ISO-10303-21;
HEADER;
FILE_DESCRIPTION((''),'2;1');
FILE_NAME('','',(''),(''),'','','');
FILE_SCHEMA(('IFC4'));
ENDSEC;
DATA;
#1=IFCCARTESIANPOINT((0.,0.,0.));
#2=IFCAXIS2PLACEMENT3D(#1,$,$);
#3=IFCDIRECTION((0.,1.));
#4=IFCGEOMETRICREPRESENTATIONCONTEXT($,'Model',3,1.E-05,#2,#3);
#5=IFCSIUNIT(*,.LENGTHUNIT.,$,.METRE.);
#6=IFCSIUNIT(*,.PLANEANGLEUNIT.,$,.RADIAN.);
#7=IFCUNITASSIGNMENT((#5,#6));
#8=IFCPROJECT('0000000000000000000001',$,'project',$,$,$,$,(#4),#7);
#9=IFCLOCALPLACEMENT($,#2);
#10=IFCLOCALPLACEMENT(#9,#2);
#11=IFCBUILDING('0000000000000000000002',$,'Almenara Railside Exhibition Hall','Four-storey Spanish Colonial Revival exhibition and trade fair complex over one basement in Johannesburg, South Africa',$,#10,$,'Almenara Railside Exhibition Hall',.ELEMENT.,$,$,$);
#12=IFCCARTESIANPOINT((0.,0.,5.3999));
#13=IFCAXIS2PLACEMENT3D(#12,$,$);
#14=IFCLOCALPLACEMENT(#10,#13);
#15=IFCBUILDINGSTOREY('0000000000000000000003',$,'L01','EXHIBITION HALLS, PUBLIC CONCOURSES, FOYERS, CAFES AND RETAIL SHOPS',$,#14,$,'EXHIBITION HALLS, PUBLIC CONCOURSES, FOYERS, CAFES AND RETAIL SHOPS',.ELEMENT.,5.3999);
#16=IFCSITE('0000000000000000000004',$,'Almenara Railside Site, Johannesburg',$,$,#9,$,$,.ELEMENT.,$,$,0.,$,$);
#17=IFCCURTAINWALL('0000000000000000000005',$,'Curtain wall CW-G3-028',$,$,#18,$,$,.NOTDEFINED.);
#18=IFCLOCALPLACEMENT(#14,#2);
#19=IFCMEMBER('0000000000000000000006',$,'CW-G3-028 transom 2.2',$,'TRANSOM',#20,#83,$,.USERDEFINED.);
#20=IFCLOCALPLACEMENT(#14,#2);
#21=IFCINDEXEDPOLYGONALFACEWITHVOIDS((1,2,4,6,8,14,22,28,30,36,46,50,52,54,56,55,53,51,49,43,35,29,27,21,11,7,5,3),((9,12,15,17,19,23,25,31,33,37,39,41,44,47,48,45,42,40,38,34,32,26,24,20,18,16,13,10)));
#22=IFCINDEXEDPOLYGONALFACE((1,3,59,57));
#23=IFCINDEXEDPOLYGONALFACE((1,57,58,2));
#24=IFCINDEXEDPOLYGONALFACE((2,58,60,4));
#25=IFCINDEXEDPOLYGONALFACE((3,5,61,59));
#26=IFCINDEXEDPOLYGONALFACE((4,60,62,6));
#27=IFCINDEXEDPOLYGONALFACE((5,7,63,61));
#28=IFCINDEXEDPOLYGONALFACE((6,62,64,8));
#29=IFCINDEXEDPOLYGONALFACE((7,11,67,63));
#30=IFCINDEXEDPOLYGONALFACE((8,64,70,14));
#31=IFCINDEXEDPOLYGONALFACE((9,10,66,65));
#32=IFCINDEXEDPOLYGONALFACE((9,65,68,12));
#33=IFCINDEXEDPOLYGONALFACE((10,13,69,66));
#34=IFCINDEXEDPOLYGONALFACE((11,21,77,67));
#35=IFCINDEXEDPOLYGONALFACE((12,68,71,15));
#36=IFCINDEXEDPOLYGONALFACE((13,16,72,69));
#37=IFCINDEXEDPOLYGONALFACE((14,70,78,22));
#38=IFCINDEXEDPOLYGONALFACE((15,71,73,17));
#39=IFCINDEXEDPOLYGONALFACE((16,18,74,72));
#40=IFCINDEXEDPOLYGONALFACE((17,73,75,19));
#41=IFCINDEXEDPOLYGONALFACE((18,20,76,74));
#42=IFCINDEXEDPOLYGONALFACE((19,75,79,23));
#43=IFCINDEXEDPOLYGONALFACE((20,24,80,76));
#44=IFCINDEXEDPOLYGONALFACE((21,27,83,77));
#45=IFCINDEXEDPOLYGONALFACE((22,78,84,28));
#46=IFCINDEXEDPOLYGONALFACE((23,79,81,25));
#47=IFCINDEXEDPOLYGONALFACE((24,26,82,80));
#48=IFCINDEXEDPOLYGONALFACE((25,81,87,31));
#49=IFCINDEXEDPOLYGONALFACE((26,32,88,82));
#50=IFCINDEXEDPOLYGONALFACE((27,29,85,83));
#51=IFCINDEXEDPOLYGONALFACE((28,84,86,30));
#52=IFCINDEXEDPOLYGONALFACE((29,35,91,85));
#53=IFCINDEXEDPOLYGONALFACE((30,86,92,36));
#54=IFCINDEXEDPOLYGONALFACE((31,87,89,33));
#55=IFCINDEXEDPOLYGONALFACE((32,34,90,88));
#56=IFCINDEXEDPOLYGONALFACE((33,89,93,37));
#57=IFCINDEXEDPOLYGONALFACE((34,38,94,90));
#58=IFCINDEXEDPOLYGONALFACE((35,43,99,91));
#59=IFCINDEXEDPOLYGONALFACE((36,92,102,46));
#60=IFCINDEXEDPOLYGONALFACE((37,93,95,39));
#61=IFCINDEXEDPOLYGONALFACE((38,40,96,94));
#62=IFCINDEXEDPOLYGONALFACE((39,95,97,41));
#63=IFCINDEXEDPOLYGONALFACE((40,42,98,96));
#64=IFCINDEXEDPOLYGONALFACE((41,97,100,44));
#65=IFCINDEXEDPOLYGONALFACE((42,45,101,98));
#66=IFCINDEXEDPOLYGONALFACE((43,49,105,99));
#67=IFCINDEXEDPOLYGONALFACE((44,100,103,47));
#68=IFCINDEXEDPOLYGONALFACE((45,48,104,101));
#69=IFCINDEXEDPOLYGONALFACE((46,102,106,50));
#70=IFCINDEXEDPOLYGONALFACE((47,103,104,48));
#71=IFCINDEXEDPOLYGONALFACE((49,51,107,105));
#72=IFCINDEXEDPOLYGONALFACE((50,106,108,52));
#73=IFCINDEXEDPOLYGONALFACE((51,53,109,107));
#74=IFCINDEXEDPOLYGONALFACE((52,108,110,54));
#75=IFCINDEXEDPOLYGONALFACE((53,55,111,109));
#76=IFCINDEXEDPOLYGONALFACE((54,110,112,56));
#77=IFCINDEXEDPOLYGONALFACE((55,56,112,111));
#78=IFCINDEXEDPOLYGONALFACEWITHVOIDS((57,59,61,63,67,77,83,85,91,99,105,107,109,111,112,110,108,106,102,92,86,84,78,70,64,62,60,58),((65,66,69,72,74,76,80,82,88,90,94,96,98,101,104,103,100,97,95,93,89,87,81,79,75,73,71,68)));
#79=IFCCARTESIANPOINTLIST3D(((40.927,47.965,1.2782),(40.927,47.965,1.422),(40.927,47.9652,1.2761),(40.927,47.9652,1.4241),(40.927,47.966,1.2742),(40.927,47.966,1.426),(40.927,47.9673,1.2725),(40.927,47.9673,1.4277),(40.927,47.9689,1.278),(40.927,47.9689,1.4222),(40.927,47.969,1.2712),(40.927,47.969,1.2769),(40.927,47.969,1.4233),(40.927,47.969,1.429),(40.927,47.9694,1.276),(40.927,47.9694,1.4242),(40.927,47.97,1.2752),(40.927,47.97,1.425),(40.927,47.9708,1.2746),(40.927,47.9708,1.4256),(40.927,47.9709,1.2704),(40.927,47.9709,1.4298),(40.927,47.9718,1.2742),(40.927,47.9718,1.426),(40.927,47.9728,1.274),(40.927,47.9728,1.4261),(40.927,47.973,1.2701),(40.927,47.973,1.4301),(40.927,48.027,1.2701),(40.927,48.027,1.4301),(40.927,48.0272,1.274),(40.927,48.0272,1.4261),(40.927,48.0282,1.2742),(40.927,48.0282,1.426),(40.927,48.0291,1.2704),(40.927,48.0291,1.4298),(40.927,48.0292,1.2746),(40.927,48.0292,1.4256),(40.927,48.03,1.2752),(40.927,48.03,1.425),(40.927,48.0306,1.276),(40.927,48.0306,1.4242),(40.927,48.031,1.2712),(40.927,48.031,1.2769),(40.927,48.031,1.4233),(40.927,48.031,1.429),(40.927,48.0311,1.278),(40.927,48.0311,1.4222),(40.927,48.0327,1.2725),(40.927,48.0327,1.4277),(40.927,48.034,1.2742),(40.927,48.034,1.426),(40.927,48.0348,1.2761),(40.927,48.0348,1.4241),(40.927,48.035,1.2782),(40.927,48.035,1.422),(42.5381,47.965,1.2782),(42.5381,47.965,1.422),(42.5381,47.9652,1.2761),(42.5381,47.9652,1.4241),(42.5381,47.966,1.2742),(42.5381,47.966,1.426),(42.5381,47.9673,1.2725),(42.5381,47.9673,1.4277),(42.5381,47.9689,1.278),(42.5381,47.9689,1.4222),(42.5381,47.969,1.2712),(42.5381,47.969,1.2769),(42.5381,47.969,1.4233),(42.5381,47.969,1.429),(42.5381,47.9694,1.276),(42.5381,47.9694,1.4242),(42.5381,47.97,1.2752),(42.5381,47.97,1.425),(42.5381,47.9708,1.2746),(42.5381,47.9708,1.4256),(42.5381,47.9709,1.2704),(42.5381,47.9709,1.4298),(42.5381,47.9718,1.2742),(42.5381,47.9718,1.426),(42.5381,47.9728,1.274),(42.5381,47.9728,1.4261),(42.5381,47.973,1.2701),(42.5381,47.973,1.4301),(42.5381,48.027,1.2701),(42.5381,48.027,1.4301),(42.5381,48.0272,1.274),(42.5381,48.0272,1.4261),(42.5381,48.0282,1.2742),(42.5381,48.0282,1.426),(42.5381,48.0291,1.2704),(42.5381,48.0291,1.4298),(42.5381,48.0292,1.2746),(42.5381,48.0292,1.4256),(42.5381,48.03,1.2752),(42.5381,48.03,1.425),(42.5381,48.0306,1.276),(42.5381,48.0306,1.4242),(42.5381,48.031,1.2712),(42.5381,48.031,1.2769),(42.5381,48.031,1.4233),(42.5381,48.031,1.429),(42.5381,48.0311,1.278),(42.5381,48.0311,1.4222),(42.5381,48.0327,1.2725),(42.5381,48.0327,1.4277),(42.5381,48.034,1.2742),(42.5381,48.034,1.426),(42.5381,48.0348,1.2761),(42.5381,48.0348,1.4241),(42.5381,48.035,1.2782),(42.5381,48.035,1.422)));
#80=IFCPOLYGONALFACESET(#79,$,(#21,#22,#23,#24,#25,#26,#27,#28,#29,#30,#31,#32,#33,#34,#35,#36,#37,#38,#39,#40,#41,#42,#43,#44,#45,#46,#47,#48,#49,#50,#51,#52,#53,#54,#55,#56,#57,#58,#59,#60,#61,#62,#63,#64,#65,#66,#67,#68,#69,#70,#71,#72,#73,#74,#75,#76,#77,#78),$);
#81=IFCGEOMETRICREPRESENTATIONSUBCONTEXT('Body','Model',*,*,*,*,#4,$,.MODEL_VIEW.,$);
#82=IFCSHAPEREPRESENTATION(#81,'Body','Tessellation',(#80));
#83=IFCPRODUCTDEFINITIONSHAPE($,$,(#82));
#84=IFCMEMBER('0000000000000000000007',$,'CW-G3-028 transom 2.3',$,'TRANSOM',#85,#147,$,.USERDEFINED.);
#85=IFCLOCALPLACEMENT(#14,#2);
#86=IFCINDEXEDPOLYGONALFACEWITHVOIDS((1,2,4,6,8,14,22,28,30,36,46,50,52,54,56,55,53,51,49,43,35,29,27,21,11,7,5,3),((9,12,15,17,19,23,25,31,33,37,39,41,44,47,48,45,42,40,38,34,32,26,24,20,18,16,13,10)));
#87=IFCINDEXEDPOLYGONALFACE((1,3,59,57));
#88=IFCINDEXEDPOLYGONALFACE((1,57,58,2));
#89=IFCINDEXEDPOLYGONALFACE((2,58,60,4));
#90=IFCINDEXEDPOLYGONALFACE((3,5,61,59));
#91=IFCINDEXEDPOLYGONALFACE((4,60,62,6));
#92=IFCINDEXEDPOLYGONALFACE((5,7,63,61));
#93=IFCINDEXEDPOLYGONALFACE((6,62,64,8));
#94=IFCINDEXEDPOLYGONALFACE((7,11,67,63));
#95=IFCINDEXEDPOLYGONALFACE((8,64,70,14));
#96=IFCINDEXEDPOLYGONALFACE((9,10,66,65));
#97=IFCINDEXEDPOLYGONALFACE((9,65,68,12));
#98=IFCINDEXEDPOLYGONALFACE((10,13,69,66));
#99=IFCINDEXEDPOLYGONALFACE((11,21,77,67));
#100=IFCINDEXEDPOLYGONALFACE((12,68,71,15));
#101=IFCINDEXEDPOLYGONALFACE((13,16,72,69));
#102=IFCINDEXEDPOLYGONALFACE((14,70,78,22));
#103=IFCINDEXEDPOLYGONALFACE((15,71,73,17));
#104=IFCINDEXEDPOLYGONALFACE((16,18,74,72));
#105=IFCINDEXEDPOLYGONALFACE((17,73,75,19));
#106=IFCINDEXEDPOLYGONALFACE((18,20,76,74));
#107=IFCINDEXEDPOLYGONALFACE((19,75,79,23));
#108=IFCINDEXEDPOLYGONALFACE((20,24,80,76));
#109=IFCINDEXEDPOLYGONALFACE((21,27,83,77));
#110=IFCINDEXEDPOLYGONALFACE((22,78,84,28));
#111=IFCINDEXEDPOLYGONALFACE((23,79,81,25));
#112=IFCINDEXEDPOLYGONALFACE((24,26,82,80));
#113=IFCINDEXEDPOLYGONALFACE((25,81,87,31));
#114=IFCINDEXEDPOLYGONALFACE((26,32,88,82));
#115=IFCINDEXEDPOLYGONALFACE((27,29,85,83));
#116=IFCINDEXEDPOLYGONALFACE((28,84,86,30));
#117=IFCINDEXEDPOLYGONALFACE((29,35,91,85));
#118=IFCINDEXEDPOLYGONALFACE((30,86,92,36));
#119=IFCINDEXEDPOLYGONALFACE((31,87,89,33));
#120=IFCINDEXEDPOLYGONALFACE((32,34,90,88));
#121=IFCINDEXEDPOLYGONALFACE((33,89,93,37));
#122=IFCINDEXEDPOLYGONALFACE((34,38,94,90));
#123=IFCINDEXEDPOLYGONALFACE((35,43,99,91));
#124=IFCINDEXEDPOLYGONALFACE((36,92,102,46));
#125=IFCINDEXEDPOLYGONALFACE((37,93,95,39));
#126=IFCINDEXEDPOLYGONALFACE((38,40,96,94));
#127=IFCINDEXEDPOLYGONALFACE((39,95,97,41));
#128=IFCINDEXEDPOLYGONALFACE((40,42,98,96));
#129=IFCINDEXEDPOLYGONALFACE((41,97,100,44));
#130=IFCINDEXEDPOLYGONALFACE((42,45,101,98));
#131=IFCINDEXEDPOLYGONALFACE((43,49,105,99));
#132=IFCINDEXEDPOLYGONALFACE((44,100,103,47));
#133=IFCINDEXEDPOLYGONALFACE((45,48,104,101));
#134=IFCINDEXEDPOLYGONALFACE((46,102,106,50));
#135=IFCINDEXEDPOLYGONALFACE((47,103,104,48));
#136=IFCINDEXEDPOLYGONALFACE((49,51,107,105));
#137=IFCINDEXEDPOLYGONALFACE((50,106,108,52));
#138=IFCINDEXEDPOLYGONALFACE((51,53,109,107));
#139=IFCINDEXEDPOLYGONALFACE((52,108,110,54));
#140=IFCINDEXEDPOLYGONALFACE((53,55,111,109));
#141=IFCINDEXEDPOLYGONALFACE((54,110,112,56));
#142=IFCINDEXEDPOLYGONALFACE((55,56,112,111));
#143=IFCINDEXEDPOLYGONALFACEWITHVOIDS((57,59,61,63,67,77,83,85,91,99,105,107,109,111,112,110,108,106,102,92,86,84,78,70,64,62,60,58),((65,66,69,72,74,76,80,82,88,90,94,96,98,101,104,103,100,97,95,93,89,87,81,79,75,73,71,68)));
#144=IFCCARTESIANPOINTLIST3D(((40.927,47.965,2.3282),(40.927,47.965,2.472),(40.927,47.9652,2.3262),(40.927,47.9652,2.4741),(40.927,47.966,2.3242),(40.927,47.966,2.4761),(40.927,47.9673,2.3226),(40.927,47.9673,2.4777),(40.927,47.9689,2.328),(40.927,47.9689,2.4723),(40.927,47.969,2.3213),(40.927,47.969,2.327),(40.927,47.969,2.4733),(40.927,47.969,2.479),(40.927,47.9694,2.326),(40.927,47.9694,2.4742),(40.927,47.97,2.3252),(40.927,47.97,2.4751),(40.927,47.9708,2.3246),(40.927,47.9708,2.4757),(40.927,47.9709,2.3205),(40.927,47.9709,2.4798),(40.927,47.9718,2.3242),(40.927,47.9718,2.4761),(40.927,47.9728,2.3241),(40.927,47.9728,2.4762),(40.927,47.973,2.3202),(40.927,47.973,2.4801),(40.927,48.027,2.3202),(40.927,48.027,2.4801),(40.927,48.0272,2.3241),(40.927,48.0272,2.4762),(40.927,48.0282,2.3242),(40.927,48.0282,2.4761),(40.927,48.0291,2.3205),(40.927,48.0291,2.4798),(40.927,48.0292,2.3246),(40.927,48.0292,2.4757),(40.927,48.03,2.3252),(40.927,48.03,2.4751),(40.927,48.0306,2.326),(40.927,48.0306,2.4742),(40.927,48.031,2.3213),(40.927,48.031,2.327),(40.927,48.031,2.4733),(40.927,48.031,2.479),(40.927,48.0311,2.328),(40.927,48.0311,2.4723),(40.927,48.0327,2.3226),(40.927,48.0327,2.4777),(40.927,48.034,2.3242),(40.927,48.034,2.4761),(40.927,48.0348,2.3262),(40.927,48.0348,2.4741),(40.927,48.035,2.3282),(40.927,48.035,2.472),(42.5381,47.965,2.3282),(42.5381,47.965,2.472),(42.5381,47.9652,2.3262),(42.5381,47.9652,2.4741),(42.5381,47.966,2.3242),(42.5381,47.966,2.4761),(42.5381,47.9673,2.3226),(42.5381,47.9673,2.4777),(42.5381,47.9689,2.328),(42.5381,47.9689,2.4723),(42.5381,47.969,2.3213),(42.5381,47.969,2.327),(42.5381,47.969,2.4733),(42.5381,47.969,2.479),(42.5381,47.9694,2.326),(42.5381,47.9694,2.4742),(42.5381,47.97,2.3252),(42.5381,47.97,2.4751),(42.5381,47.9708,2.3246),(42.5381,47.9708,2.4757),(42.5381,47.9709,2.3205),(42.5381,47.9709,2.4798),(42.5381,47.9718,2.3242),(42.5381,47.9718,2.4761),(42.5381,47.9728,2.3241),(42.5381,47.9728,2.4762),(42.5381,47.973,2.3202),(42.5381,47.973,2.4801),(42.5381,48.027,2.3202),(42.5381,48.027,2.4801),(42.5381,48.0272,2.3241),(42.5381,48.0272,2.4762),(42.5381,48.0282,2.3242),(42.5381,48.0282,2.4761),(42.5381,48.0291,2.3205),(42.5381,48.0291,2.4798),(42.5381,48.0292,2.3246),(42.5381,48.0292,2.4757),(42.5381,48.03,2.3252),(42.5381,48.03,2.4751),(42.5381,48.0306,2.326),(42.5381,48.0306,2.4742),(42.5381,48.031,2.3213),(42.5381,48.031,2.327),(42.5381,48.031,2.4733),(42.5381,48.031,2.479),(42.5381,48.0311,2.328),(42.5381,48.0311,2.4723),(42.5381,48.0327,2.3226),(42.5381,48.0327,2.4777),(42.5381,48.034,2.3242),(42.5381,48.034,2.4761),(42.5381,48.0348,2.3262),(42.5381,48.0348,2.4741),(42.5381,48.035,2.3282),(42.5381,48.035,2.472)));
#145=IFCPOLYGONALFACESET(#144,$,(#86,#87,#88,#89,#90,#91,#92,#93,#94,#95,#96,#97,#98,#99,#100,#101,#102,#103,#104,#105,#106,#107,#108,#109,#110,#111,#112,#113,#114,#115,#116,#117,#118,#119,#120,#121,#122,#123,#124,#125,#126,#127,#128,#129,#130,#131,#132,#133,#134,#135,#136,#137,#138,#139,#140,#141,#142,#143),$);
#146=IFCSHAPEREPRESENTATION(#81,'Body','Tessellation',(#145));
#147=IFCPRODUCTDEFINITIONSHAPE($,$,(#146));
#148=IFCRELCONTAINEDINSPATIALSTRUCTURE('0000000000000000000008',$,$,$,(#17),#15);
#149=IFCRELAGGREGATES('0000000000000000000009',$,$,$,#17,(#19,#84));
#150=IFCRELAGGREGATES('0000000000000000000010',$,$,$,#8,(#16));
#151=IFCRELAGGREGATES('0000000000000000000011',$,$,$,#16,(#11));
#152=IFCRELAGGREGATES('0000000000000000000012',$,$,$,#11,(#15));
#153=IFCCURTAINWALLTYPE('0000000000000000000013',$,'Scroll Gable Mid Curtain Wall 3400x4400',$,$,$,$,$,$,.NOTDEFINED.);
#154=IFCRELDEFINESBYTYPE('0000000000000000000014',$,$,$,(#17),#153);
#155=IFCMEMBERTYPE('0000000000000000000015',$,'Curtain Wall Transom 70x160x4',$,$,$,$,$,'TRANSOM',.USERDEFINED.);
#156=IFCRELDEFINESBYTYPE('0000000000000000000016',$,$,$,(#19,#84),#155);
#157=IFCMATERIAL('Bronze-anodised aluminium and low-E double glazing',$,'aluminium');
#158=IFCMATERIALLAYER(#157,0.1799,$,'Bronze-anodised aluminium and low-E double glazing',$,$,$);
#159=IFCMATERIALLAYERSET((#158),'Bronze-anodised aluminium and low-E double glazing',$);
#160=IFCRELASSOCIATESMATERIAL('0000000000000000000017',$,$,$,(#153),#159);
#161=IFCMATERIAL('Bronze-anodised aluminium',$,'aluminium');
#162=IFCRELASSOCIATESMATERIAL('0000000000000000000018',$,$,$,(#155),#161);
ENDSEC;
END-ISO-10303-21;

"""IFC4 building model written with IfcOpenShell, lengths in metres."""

from ifc_helpers import new_model, si_unit, direction, frame, origin, origin_2d, place, context, subcontext, project, spatial, hollow_rectangle, extrude, material, layer, layer_set, material_profile, profile_set, type_object, element, aggregate, save


model = new_model("IFC4")

# Units and contexts
model_context = context("Model", 3, precision=1e-05, world=origin(), true_north=direction((0.0, 1.0)))
body_context = subcontext(model_context, "Body", "Model", "MODEL_VIEW")
ifc_project = project(units=[si_unit("LENGTHUNIT", "METRE"), si_unit("PLANEANGLEUNIT", "RADIAN")], contexts=[model_context])

# Site, building, storey
site_placement = place(None, origin())
site = spatial("IfcSite", under=ifc_project, at=site_placement, Name="Almenara Railside Site, Johannesburg", CompositionType="ELEMENT", RefElevation=0.0)
building_placement = place(site_placement, origin())
building = spatial("IfcBuilding", under=site, at=building_placement, Name="Almenara Railside Exhibition Hall", Description="Four-storey Spanish Colonial Revival exhibition and trade fair complex over one basement in Johannesburg, South Africa", LongName="Almenara Railside Exhibition Hall", CompositionType="ELEMENT")
storey_placement = place(building_placement, frame((0.0, 0.0, 5.3999)))
storey = spatial("IfcBuildingStorey", under=building, at=storey_placement, Name="L01", Description="EXHIBITION HALLS, PUBLIC CONCOURSES, FOYERS, CAFES AND RETAIL SHOPS", LongName="EXHIBITION HALLS, PUBLIC CONCOURSES, FOYERS, CAFES AND RETAIL SHOPS", CompositionType="ELEMENT", Elevation=5.3999)

# Curtain wall
ifc_material_1 = material(Name="Bronze-anodised aluminium and low-E double glazing", Category="aluminium")
ifc_layer_1 = layer(ifc_material_1, 0.1799, Name="Bronze-anodised aluminium and low-E double glazing")
ifc_layer_set_1 = layer_set([ifc_layer_1], Name="Bronze-anodised aluminium and low-E double glazing")
curtain_wall_type = type_object("IfcCurtainWallType", Name="Scroll Gable Mid Curtain Wall 3400x4400", PredefinedType="NOTDEFINED", material=ifc_layer_set_1)
ifc_material_2 = material(Name="Bronze-anodised aluminium", Category="aluminium")
curtain_wall_1_placement = place(storey_placement, origin())
curtain_wall_1 = element("IfcCurtainWall", 1, at=curtain_wall_1_placement, inside=storey, type_object=curtain_wall_type, Name="Curtain wall CW-G3-028", PredefinedType="NOTDEFINED")

# Members
ifc_material_profile_1 = material_profile(ifc_material_2, hollow_rectangle(XDim=0.0701, YDim=0.1599, WallThickness=0.0039, InnerFilletRadius=0.0039, OuterFilletRadius=0.0081, at=origin_2d()), Name="ALU-TRN 70x160x4")
ifc_profile_set_1 = profile_set([ifc_material_profile_1], Name="Bronze-anodised aluminium")
member_type_1 = type_object("IfcMemberType", Name="Curtain Wall Transom 70x160x4", ElementType="TRANSOM", PredefinedType="USERDEFINED", material=ifc_profile_set_1)
member_1_placement = place(storey_placement, frame((40.927, 48.0, 1.3501), z_axis=(1.0, 0.0, 0.0), x_axis=(0.0, 1.0, 0.0)))
member_1 = element("IfcMember", 2, at=member_1_placement, type_object=member_type_1, Name="CW-G3-028 transom 2.2", ObjectType="TRANSOM", PredefinedType="USERDEFINED", context=body_context, shape_type="SweptSolid", body=[
    extrude(hollow_rectangle(XDim=0.0701, YDim=0.1599, WallThickness=0.0039, InnerFilletRadius=0.0039, OuterFilletRadius=0.0081, at=origin_2d()), origin(), (0.0, 0.0, 1.0), 1.6111),
])
member_2_placement = place(storey_placement, frame((40.927, 48.0, 2.4001), z_axis=(1.0, 0.0, 0.0), x_axis=(0.0, 1.0, 0.0)))
member_2 = element("IfcMember", 3, at=member_2_placement, type_object=member_type_1, Name="CW-G3-028 transom 2.3", ObjectType="TRANSOM", PredefinedType="USERDEFINED", context=body_context, shape_type="SweptSolid", body=[
    extrude(hollow_rectangle(XDim=0.0701, YDim=0.1599, WallThickness=0.0039, InnerFilletRadius=0.0039, OuterFilletRadius=0.0081, at=origin_2d()), origin(), (0.0, 0.0, 1.0), 1.6111),
])

aggregate(curtain_wall_1, [member_1, member_2])

save(model, "model.ifc")
